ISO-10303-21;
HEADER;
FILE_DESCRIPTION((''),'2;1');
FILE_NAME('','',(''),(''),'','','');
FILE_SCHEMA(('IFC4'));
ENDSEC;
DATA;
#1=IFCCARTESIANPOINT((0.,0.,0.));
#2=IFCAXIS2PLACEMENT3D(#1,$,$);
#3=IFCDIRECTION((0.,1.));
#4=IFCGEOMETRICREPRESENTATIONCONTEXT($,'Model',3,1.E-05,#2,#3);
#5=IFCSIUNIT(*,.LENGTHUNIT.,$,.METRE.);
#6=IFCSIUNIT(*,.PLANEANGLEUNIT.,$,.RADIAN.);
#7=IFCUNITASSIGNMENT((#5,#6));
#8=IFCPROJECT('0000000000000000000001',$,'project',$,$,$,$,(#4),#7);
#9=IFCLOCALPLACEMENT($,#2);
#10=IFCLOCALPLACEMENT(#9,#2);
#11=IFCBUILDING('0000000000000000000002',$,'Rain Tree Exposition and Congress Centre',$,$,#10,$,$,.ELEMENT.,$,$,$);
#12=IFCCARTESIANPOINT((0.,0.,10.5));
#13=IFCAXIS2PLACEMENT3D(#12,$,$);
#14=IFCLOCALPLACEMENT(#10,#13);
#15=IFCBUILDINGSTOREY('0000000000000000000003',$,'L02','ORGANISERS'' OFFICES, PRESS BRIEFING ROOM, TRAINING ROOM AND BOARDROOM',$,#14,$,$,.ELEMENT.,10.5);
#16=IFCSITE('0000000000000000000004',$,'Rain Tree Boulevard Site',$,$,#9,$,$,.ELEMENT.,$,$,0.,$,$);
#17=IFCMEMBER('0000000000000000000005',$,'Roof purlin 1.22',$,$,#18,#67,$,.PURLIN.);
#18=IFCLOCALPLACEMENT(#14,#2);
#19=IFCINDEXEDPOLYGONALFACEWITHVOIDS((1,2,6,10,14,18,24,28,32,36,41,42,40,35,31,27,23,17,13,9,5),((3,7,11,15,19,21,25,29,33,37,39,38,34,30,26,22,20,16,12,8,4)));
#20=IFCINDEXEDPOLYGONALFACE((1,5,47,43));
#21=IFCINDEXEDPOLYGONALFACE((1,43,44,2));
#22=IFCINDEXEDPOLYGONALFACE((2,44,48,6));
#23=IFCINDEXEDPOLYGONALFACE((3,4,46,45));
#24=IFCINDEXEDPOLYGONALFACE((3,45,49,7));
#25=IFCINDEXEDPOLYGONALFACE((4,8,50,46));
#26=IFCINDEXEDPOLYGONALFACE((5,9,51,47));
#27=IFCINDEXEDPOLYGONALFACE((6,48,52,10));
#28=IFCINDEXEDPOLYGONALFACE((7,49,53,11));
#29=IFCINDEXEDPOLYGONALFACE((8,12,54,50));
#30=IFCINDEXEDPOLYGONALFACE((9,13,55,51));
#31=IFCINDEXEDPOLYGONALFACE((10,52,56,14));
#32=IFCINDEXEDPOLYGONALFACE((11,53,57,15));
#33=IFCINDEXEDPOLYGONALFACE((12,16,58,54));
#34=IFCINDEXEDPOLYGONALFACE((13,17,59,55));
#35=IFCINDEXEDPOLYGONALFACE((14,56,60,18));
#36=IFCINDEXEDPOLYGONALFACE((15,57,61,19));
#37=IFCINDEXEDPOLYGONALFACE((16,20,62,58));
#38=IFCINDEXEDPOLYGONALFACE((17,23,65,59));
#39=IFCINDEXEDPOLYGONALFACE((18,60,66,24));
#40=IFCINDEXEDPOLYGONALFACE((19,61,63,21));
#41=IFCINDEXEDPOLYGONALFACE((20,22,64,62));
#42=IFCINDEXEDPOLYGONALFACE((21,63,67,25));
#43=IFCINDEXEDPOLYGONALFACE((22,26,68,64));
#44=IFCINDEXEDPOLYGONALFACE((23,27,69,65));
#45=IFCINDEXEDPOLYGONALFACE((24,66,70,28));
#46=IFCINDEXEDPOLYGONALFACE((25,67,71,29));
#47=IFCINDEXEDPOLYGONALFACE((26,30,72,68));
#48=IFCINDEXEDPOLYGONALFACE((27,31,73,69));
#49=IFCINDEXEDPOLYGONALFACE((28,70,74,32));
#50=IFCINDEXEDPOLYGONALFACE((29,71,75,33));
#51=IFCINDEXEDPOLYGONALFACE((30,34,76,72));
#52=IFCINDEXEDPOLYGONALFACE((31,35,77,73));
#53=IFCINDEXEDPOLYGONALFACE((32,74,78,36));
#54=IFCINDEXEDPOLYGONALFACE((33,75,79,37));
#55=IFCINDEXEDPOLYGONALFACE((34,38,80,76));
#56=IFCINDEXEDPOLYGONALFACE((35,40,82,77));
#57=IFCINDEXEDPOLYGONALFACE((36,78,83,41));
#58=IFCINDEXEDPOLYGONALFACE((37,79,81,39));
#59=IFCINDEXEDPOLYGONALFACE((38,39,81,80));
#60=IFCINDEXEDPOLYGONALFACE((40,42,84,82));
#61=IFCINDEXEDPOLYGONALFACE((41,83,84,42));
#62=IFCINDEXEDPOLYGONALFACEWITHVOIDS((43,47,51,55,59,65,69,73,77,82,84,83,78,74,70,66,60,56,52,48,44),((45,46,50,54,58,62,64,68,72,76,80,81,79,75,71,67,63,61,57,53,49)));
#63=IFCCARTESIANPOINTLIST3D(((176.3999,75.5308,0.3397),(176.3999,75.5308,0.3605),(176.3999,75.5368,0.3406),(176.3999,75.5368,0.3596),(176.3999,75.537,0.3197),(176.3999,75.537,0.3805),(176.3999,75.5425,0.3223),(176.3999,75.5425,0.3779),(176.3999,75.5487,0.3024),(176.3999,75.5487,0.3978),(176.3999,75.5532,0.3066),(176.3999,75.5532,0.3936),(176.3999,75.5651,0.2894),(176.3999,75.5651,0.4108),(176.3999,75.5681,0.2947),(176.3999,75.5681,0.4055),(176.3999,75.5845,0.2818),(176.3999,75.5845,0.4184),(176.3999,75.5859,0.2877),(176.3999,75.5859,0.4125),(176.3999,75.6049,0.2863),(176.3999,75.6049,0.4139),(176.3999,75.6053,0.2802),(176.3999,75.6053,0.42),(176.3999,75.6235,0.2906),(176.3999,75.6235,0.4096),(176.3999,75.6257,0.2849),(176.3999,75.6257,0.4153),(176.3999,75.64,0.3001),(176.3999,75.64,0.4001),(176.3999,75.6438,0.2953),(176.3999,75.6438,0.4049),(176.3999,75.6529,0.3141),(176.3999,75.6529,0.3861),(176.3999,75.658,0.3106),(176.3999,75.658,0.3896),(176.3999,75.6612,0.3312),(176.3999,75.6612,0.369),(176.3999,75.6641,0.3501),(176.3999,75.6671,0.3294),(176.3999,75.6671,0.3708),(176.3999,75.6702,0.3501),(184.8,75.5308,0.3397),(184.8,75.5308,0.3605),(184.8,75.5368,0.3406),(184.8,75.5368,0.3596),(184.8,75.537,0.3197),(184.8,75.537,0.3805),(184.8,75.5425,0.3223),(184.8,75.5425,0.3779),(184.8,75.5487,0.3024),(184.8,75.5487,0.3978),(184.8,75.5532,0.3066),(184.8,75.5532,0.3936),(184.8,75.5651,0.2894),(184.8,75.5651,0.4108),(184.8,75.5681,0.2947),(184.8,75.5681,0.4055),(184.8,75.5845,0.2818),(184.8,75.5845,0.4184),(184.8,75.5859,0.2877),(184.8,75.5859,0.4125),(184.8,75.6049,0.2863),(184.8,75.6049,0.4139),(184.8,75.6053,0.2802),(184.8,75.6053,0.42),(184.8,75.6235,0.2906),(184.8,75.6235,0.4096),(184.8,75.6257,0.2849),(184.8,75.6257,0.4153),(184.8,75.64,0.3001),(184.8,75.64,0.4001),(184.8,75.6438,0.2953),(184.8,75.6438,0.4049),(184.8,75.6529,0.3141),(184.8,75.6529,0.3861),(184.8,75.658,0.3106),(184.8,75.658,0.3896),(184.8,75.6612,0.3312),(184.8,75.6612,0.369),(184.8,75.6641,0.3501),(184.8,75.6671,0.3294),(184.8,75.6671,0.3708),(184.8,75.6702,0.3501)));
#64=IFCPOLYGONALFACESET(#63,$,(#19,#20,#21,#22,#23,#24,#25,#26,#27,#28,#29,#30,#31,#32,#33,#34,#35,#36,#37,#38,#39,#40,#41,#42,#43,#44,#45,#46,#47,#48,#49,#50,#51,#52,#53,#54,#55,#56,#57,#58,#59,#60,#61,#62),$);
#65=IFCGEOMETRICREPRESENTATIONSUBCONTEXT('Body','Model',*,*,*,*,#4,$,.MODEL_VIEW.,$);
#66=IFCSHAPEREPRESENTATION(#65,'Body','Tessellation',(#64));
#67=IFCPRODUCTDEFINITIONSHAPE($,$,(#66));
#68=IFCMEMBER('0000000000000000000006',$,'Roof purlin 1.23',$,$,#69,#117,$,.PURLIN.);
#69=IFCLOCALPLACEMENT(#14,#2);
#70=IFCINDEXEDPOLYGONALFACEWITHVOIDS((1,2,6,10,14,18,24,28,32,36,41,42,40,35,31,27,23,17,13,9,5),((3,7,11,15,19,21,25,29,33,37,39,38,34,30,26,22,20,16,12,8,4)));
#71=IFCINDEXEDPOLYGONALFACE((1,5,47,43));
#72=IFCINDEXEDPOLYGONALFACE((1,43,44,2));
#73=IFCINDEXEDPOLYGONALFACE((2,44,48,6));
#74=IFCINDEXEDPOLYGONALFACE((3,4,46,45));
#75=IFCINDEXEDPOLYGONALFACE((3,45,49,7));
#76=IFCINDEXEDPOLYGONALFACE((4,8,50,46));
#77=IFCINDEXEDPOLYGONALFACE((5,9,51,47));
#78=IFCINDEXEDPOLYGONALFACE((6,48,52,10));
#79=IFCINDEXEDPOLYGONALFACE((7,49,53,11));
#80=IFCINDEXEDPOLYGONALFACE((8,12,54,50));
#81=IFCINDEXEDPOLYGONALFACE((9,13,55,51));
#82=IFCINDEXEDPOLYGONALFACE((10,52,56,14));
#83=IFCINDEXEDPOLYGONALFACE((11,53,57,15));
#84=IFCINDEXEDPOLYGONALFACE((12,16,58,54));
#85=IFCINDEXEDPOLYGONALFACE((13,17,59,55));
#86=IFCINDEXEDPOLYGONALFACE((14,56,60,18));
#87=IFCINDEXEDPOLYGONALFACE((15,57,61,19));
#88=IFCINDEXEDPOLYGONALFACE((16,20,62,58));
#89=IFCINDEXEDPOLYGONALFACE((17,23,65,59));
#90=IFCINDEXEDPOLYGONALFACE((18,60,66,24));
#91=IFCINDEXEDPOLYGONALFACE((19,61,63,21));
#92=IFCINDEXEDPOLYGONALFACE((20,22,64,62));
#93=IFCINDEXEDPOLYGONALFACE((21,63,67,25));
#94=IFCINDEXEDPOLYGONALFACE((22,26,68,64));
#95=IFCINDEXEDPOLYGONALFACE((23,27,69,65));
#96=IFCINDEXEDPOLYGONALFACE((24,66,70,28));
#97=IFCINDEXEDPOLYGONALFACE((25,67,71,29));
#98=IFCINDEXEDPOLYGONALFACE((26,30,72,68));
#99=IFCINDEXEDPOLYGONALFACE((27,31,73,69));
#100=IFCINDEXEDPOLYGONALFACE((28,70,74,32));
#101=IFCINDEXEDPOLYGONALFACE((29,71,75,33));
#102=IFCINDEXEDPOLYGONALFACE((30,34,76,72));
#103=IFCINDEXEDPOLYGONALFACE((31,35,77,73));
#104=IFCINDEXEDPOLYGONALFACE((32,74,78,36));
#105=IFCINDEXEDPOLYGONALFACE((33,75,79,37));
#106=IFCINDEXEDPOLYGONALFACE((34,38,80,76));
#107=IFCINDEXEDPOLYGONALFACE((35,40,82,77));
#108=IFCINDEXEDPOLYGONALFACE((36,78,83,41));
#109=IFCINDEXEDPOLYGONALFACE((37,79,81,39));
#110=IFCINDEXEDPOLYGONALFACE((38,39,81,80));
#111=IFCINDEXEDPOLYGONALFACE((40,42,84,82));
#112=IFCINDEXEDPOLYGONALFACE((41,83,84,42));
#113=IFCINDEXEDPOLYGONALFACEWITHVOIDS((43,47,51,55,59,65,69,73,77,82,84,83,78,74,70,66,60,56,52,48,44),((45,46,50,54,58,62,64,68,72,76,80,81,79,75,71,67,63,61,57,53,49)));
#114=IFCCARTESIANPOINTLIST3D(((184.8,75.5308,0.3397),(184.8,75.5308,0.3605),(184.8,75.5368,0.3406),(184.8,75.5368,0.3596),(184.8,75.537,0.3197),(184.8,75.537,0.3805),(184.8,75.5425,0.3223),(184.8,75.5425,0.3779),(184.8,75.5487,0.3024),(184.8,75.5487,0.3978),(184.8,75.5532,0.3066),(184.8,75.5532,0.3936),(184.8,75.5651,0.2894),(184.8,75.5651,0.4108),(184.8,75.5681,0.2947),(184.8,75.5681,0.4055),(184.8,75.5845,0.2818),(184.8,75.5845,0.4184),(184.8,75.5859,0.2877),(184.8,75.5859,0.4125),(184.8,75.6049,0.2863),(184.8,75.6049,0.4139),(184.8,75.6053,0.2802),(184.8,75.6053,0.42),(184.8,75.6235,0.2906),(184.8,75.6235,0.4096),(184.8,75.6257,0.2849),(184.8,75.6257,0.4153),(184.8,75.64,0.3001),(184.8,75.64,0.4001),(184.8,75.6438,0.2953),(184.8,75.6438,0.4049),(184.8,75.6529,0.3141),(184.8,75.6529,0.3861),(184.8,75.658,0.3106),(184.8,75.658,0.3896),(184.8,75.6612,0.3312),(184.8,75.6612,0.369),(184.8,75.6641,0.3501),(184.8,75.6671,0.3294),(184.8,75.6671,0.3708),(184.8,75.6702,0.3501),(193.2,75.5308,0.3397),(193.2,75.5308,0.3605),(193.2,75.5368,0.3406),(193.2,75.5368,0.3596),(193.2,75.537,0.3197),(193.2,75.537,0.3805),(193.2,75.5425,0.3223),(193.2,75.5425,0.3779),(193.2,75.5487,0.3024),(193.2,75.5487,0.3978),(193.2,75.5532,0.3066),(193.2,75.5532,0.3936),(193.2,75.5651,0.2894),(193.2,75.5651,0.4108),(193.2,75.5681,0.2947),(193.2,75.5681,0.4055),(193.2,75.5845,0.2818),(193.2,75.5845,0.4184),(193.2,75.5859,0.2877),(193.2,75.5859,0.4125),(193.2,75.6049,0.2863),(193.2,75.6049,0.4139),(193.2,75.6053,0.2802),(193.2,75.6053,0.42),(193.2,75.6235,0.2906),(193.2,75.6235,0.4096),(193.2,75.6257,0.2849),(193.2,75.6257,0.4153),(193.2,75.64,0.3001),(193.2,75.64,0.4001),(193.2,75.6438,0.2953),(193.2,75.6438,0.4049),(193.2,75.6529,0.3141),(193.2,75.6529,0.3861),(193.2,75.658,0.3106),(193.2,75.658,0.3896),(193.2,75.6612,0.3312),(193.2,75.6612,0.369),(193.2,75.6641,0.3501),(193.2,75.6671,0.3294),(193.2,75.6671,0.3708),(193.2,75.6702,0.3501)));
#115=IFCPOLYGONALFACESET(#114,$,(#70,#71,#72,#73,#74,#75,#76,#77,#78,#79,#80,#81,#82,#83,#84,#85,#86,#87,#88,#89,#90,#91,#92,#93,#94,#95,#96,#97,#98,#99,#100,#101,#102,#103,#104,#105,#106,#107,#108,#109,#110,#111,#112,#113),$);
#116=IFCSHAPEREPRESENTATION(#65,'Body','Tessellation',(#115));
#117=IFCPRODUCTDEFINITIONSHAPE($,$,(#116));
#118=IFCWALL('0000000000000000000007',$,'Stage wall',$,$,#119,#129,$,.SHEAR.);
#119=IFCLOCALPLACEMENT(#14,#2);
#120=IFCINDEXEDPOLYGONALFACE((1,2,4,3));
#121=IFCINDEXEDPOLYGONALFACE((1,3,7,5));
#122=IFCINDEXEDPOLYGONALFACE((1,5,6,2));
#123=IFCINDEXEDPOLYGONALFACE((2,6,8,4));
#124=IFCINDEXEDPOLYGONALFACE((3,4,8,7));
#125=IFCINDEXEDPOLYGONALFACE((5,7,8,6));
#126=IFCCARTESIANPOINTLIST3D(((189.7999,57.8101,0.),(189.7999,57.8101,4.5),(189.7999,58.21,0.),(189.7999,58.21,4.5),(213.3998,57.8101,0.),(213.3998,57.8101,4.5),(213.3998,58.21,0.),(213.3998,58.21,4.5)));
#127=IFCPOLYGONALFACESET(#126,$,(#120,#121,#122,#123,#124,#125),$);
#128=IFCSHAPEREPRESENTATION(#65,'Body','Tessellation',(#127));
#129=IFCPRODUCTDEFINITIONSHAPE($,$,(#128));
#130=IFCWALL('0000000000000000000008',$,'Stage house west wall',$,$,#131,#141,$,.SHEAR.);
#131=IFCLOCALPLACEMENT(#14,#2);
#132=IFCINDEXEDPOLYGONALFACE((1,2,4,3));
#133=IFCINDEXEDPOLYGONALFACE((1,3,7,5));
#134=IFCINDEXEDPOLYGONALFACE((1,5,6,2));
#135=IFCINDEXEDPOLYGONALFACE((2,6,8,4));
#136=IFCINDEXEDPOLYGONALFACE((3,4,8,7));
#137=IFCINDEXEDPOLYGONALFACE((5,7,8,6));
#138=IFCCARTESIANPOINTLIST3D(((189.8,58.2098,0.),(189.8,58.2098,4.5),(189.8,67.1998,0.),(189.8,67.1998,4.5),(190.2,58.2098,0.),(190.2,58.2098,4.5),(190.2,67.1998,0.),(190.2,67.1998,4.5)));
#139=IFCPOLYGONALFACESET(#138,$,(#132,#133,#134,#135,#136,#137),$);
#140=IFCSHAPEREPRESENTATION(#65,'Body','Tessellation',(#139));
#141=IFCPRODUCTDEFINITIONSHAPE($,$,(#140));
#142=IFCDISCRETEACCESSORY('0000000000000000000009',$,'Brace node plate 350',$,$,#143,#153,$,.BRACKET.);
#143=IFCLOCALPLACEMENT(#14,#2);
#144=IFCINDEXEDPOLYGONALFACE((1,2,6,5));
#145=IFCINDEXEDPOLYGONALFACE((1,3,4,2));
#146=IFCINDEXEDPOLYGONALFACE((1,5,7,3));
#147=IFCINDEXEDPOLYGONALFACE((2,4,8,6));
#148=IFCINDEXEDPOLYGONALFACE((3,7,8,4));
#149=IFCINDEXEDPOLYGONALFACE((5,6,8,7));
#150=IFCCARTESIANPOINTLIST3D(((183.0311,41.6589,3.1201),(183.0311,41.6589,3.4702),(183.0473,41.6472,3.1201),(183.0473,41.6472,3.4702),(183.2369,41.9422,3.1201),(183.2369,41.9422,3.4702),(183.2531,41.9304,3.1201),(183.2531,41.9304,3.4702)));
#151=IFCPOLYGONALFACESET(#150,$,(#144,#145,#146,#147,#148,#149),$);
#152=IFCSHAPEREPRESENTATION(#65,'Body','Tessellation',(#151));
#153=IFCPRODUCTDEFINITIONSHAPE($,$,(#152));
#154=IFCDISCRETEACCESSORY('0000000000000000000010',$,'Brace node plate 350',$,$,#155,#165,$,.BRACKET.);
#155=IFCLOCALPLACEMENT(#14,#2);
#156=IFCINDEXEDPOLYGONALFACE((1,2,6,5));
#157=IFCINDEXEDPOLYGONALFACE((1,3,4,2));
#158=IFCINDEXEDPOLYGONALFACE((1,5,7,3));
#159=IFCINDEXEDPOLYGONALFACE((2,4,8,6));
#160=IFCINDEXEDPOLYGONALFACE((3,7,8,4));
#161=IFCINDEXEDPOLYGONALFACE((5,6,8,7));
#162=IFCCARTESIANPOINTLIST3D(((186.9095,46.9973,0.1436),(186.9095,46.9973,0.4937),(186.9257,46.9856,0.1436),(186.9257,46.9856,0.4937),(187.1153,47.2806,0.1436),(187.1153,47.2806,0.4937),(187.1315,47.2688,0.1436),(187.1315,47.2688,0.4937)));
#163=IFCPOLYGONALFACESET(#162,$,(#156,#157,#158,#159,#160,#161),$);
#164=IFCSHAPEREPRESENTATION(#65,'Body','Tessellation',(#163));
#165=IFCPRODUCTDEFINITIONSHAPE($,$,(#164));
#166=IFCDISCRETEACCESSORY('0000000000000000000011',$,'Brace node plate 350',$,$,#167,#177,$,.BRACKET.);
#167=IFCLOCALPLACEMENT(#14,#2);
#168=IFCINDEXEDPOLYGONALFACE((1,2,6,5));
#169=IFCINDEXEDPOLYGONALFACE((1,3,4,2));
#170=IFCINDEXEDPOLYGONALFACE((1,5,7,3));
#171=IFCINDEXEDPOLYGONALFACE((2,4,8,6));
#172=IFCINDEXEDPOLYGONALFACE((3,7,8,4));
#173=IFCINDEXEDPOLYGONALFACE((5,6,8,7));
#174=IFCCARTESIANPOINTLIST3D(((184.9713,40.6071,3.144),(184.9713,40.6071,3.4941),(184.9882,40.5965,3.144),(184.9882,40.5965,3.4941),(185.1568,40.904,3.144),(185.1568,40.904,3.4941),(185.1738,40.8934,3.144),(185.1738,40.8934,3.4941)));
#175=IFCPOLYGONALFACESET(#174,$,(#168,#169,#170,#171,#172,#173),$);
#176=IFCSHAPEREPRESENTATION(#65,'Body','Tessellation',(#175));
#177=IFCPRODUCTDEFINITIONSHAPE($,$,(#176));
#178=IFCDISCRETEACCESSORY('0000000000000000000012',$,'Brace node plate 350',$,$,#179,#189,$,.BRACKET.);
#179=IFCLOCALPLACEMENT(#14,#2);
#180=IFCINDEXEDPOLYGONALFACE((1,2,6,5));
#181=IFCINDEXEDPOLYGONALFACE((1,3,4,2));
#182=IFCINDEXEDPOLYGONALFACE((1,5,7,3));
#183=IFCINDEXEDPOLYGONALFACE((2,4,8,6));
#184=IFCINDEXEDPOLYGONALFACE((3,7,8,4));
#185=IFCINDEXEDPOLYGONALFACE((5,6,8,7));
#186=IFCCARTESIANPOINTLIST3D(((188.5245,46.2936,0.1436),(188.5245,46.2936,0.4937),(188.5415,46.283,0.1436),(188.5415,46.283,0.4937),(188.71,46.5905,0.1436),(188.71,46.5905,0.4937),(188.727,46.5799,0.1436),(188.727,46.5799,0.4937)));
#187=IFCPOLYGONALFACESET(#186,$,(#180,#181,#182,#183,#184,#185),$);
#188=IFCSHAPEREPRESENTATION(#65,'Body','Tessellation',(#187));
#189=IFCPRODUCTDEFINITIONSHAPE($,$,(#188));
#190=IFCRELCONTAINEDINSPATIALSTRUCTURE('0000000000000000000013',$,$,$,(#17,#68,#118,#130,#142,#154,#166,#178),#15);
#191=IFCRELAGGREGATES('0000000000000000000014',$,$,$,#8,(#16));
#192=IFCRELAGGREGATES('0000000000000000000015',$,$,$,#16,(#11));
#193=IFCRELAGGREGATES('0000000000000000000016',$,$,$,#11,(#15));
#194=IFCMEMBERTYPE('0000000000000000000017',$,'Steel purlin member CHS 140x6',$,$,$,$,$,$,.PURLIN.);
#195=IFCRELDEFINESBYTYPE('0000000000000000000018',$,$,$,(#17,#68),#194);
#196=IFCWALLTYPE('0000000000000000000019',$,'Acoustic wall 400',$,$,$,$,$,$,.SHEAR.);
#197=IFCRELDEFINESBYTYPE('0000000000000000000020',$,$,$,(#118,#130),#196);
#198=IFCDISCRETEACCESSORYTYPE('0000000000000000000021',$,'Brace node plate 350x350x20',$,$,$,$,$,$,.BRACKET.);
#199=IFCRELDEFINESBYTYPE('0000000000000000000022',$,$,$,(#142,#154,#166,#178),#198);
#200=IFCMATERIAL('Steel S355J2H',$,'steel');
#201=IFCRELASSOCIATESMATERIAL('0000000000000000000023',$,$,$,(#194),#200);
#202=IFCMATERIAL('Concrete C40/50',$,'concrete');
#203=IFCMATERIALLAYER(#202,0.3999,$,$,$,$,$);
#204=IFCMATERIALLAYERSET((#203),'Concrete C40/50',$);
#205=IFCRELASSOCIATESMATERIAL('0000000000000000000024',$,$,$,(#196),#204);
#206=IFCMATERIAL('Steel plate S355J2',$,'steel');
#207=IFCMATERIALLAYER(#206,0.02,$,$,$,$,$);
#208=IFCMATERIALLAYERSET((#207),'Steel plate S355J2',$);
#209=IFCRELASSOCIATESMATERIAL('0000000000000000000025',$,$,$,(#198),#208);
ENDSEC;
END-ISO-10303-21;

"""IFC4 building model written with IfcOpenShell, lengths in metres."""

from ifc_helpers import new_model, si_unit, direction, frame, frame_2d, origin, origin_2d, place, context, subcontext, project, spatial, rectangle, hollow_circle, extrude, material, layer, layer_set, material_profile, profile_set, type_object, element, save


model = new_model("IFC4")

# Units and contexts
model_context = context("Model", 3, precision=1e-05, world=origin(), true_north=direction((0.0, 1.0)))
body_context = subcontext(model_context, "Body", "Model", "MODEL_VIEW")
ifc_project = project(units=[si_unit("LENGTHUNIT", "METRE"), si_unit("PLANEANGLEUNIT", "RADIAN")], contexts=[model_context])

# Site, building, storey
site_placement = place(None, origin())
site = spatial("IfcSite", under=ifc_project, at=site_placement, Name="Rain Tree Boulevard Site", CompositionType="ELEMENT", RefElevation=0.0)
building_placement = place(site_placement, origin())
building = spatial("IfcBuilding", under=site, at=building_placement, Name="Rain Tree Exposition and Congress Centre", CompositionType="ELEMENT")
storey_placement = place(building_placement, frame((0.0, 0.0, 10.5)))
storey = spatial("IfcBuildingStorey", under=building, at=storey_placement, Name="L02", Description="ORGANISERS' OFFICES, PRESS BRIEFING ROOM, TRAINING ROOM AND BOARDROOM", CompositionType="ELEMENT", Elevation=10.5)

# Members
ifc_material_1 = material(Name="Steel S355J2H", Category="steel")
ifc_material_profile_1 = material_profile(ifc_material_1, hollow_circle(Radius=0.0701, WallThickness=0.0061, at=origin_2d()), Name="CHS 140x6")
ifc_profile_set_1 = profile_set([ifc_material_profile_1], Name="Steel S355J2H")
member_type_1 = type_object("IfcMemberType", Name="Steel purlin member CHS 140x6", PredefinedType="PURLIN", material=ifc_profile_set_1)
member_1_placement = place(storey_placement, frame((176.3999, 75.6001, 0.3501), z_axis=(1.0, 0.0, 0.0), x_axis=(0.0, 1.0, 0.0)))
element("IfcMember", 1, at=member_1_placement, inside=storey, type_object=member_type_1, Name="Roof purlin 1.22", PredefinedType="PURLIN", context=body_context, shape_type="SweptSolid", body=[
    extrude(hollow_circle(Radius=0.0701, WallThickness=0.0061, at=origin_2d()), origin(), (0.0, 0.0, 1.0), 8.4001),
])
member_2_placement = place(storey_placement, frame((184.8, 75.6001, 0.3501), z_axis=(1.0, 0.0, 0.0), x_axis=(0.0, 1.0, 0.0)))
element("IfcMember", 2, at=member_2_placement, inside=storey, type_object=member_type_1, Name="Roof purlin 1.23", PredefinedType="PURLIN", context=body_context, shape_type="SweptSolid", body=[
    extrude(hollow_circle(Radius=0.0701, WallThickness=0.0061, at=origin_2d()), origin(), (0.0, 0.0, 1.0), 8.3999),
])

# Walls
ifc_material_2 = material(Name="Concrete C40/50", Category="concrete")
ifc_layer_1 = layer(ifc_material_2, 0.3999)
ifc_layer_set_1 = layer_set([ifc_layer_1], Name="Concrete C40/50")
wall_type = type_object("IfcWallType", Name="Acoustic wall 400", PredefinedType="SHEAR", material=ifc_layer_set_1)
wall_1_placement = place(storey_placement, frame((189.8, 58.01, 0.0), z_axis=(0.0, 0.0, 1.0), x_axis=(1.0, 0.0, 0.0)))
element("IfcWall", 3, at=wall_1_placement, inside=storey, type_object=wall_type, Name="Stage wall", PredefinedType="SHEAR", context=body_context, shape_type="SweptSolid", body=[
    extrude(rectangle(XDim=23.5999, YDim=0.3999, at=frame_2d((11.7998, 0.0))), origin(), (0.0, 0.0, 1.0), 4.5),
])
wall_2_placement = place(storey_placement, frame((190.0, 67.2, 0.0), z_axis=(0.0, 0.0, 1.0), x_axis=(0.0, -1.0, 0.0)))
element("IfcWall", 4, at=wall_2_placement, inside=storey, type_object=wall_type, Name="Stage house west wall", PredefinedType="SHEAR", context=body_context, shape_type="SweptSolid", body=[
    extrude(rectangle(XDim=8.99, YDim=0.3999, at=frame_2d((4.4951, 0.0))), origin(), (0.0, 0.0, 1.0), 4.5),
])

# Discrete accessories
ifc_material_3 = material(Name="Steel plate S355J2", Category="steel")
ifc_layer_2 = layer(ifc_material_3, 0.02)
ifc_layer_set_2 = layer_set([ifc_layer_2], Name="Steel plate S355J2")
discrete_accessory_type = type_object("IfcDiscreteAccessoryType", Name="Brace node plate 350x350x20", PredefinedType="BRACKET", material=ifc_layer_set_2)
for number, where, z_axis, x_axis, name in (
    (5, (183.1421, 41.7947, 3.1201), (0.0, 0.0, 1.0), (0.587785, 0.809017, 0.0), "Brace node plate 350"),
    (6, (187.0205, 47.1331, 0.1436), (0.0, 0.0, 1.0), (-0.587785, -0.809017, 0.0), "Brace node plate 350"),
    (7, (185.0725, 40.7502, 3.144), (0.0, 0.0, 1.0), (0.529919, 0.848048, 0.0), "Brace node plate 350"),
    (8, (188.6257, 46.4368, 0.1436), (0.0, 0.0, 1.0), (-0.529919, -0.848048, 0.0), "Brace node plate 350"),
):
    element("IfcDiscreteAccessory", number, at=place(storey_placement, frame(where, z_axis=z_axis, x_axis=x_axis)), inside=storey, type_object=discrete_accessory_type, Name=name, PredefinedType="BRACKET", context=body_context, shape_type="SweptSolid", body=[
        extrude(rectangle(XDim=0.3501, YDim=0.02, at=origin_2d()), origin(), (0.0, 0.0, 1.0), 0.3501),
    ])

save(model, "model.ifc")
